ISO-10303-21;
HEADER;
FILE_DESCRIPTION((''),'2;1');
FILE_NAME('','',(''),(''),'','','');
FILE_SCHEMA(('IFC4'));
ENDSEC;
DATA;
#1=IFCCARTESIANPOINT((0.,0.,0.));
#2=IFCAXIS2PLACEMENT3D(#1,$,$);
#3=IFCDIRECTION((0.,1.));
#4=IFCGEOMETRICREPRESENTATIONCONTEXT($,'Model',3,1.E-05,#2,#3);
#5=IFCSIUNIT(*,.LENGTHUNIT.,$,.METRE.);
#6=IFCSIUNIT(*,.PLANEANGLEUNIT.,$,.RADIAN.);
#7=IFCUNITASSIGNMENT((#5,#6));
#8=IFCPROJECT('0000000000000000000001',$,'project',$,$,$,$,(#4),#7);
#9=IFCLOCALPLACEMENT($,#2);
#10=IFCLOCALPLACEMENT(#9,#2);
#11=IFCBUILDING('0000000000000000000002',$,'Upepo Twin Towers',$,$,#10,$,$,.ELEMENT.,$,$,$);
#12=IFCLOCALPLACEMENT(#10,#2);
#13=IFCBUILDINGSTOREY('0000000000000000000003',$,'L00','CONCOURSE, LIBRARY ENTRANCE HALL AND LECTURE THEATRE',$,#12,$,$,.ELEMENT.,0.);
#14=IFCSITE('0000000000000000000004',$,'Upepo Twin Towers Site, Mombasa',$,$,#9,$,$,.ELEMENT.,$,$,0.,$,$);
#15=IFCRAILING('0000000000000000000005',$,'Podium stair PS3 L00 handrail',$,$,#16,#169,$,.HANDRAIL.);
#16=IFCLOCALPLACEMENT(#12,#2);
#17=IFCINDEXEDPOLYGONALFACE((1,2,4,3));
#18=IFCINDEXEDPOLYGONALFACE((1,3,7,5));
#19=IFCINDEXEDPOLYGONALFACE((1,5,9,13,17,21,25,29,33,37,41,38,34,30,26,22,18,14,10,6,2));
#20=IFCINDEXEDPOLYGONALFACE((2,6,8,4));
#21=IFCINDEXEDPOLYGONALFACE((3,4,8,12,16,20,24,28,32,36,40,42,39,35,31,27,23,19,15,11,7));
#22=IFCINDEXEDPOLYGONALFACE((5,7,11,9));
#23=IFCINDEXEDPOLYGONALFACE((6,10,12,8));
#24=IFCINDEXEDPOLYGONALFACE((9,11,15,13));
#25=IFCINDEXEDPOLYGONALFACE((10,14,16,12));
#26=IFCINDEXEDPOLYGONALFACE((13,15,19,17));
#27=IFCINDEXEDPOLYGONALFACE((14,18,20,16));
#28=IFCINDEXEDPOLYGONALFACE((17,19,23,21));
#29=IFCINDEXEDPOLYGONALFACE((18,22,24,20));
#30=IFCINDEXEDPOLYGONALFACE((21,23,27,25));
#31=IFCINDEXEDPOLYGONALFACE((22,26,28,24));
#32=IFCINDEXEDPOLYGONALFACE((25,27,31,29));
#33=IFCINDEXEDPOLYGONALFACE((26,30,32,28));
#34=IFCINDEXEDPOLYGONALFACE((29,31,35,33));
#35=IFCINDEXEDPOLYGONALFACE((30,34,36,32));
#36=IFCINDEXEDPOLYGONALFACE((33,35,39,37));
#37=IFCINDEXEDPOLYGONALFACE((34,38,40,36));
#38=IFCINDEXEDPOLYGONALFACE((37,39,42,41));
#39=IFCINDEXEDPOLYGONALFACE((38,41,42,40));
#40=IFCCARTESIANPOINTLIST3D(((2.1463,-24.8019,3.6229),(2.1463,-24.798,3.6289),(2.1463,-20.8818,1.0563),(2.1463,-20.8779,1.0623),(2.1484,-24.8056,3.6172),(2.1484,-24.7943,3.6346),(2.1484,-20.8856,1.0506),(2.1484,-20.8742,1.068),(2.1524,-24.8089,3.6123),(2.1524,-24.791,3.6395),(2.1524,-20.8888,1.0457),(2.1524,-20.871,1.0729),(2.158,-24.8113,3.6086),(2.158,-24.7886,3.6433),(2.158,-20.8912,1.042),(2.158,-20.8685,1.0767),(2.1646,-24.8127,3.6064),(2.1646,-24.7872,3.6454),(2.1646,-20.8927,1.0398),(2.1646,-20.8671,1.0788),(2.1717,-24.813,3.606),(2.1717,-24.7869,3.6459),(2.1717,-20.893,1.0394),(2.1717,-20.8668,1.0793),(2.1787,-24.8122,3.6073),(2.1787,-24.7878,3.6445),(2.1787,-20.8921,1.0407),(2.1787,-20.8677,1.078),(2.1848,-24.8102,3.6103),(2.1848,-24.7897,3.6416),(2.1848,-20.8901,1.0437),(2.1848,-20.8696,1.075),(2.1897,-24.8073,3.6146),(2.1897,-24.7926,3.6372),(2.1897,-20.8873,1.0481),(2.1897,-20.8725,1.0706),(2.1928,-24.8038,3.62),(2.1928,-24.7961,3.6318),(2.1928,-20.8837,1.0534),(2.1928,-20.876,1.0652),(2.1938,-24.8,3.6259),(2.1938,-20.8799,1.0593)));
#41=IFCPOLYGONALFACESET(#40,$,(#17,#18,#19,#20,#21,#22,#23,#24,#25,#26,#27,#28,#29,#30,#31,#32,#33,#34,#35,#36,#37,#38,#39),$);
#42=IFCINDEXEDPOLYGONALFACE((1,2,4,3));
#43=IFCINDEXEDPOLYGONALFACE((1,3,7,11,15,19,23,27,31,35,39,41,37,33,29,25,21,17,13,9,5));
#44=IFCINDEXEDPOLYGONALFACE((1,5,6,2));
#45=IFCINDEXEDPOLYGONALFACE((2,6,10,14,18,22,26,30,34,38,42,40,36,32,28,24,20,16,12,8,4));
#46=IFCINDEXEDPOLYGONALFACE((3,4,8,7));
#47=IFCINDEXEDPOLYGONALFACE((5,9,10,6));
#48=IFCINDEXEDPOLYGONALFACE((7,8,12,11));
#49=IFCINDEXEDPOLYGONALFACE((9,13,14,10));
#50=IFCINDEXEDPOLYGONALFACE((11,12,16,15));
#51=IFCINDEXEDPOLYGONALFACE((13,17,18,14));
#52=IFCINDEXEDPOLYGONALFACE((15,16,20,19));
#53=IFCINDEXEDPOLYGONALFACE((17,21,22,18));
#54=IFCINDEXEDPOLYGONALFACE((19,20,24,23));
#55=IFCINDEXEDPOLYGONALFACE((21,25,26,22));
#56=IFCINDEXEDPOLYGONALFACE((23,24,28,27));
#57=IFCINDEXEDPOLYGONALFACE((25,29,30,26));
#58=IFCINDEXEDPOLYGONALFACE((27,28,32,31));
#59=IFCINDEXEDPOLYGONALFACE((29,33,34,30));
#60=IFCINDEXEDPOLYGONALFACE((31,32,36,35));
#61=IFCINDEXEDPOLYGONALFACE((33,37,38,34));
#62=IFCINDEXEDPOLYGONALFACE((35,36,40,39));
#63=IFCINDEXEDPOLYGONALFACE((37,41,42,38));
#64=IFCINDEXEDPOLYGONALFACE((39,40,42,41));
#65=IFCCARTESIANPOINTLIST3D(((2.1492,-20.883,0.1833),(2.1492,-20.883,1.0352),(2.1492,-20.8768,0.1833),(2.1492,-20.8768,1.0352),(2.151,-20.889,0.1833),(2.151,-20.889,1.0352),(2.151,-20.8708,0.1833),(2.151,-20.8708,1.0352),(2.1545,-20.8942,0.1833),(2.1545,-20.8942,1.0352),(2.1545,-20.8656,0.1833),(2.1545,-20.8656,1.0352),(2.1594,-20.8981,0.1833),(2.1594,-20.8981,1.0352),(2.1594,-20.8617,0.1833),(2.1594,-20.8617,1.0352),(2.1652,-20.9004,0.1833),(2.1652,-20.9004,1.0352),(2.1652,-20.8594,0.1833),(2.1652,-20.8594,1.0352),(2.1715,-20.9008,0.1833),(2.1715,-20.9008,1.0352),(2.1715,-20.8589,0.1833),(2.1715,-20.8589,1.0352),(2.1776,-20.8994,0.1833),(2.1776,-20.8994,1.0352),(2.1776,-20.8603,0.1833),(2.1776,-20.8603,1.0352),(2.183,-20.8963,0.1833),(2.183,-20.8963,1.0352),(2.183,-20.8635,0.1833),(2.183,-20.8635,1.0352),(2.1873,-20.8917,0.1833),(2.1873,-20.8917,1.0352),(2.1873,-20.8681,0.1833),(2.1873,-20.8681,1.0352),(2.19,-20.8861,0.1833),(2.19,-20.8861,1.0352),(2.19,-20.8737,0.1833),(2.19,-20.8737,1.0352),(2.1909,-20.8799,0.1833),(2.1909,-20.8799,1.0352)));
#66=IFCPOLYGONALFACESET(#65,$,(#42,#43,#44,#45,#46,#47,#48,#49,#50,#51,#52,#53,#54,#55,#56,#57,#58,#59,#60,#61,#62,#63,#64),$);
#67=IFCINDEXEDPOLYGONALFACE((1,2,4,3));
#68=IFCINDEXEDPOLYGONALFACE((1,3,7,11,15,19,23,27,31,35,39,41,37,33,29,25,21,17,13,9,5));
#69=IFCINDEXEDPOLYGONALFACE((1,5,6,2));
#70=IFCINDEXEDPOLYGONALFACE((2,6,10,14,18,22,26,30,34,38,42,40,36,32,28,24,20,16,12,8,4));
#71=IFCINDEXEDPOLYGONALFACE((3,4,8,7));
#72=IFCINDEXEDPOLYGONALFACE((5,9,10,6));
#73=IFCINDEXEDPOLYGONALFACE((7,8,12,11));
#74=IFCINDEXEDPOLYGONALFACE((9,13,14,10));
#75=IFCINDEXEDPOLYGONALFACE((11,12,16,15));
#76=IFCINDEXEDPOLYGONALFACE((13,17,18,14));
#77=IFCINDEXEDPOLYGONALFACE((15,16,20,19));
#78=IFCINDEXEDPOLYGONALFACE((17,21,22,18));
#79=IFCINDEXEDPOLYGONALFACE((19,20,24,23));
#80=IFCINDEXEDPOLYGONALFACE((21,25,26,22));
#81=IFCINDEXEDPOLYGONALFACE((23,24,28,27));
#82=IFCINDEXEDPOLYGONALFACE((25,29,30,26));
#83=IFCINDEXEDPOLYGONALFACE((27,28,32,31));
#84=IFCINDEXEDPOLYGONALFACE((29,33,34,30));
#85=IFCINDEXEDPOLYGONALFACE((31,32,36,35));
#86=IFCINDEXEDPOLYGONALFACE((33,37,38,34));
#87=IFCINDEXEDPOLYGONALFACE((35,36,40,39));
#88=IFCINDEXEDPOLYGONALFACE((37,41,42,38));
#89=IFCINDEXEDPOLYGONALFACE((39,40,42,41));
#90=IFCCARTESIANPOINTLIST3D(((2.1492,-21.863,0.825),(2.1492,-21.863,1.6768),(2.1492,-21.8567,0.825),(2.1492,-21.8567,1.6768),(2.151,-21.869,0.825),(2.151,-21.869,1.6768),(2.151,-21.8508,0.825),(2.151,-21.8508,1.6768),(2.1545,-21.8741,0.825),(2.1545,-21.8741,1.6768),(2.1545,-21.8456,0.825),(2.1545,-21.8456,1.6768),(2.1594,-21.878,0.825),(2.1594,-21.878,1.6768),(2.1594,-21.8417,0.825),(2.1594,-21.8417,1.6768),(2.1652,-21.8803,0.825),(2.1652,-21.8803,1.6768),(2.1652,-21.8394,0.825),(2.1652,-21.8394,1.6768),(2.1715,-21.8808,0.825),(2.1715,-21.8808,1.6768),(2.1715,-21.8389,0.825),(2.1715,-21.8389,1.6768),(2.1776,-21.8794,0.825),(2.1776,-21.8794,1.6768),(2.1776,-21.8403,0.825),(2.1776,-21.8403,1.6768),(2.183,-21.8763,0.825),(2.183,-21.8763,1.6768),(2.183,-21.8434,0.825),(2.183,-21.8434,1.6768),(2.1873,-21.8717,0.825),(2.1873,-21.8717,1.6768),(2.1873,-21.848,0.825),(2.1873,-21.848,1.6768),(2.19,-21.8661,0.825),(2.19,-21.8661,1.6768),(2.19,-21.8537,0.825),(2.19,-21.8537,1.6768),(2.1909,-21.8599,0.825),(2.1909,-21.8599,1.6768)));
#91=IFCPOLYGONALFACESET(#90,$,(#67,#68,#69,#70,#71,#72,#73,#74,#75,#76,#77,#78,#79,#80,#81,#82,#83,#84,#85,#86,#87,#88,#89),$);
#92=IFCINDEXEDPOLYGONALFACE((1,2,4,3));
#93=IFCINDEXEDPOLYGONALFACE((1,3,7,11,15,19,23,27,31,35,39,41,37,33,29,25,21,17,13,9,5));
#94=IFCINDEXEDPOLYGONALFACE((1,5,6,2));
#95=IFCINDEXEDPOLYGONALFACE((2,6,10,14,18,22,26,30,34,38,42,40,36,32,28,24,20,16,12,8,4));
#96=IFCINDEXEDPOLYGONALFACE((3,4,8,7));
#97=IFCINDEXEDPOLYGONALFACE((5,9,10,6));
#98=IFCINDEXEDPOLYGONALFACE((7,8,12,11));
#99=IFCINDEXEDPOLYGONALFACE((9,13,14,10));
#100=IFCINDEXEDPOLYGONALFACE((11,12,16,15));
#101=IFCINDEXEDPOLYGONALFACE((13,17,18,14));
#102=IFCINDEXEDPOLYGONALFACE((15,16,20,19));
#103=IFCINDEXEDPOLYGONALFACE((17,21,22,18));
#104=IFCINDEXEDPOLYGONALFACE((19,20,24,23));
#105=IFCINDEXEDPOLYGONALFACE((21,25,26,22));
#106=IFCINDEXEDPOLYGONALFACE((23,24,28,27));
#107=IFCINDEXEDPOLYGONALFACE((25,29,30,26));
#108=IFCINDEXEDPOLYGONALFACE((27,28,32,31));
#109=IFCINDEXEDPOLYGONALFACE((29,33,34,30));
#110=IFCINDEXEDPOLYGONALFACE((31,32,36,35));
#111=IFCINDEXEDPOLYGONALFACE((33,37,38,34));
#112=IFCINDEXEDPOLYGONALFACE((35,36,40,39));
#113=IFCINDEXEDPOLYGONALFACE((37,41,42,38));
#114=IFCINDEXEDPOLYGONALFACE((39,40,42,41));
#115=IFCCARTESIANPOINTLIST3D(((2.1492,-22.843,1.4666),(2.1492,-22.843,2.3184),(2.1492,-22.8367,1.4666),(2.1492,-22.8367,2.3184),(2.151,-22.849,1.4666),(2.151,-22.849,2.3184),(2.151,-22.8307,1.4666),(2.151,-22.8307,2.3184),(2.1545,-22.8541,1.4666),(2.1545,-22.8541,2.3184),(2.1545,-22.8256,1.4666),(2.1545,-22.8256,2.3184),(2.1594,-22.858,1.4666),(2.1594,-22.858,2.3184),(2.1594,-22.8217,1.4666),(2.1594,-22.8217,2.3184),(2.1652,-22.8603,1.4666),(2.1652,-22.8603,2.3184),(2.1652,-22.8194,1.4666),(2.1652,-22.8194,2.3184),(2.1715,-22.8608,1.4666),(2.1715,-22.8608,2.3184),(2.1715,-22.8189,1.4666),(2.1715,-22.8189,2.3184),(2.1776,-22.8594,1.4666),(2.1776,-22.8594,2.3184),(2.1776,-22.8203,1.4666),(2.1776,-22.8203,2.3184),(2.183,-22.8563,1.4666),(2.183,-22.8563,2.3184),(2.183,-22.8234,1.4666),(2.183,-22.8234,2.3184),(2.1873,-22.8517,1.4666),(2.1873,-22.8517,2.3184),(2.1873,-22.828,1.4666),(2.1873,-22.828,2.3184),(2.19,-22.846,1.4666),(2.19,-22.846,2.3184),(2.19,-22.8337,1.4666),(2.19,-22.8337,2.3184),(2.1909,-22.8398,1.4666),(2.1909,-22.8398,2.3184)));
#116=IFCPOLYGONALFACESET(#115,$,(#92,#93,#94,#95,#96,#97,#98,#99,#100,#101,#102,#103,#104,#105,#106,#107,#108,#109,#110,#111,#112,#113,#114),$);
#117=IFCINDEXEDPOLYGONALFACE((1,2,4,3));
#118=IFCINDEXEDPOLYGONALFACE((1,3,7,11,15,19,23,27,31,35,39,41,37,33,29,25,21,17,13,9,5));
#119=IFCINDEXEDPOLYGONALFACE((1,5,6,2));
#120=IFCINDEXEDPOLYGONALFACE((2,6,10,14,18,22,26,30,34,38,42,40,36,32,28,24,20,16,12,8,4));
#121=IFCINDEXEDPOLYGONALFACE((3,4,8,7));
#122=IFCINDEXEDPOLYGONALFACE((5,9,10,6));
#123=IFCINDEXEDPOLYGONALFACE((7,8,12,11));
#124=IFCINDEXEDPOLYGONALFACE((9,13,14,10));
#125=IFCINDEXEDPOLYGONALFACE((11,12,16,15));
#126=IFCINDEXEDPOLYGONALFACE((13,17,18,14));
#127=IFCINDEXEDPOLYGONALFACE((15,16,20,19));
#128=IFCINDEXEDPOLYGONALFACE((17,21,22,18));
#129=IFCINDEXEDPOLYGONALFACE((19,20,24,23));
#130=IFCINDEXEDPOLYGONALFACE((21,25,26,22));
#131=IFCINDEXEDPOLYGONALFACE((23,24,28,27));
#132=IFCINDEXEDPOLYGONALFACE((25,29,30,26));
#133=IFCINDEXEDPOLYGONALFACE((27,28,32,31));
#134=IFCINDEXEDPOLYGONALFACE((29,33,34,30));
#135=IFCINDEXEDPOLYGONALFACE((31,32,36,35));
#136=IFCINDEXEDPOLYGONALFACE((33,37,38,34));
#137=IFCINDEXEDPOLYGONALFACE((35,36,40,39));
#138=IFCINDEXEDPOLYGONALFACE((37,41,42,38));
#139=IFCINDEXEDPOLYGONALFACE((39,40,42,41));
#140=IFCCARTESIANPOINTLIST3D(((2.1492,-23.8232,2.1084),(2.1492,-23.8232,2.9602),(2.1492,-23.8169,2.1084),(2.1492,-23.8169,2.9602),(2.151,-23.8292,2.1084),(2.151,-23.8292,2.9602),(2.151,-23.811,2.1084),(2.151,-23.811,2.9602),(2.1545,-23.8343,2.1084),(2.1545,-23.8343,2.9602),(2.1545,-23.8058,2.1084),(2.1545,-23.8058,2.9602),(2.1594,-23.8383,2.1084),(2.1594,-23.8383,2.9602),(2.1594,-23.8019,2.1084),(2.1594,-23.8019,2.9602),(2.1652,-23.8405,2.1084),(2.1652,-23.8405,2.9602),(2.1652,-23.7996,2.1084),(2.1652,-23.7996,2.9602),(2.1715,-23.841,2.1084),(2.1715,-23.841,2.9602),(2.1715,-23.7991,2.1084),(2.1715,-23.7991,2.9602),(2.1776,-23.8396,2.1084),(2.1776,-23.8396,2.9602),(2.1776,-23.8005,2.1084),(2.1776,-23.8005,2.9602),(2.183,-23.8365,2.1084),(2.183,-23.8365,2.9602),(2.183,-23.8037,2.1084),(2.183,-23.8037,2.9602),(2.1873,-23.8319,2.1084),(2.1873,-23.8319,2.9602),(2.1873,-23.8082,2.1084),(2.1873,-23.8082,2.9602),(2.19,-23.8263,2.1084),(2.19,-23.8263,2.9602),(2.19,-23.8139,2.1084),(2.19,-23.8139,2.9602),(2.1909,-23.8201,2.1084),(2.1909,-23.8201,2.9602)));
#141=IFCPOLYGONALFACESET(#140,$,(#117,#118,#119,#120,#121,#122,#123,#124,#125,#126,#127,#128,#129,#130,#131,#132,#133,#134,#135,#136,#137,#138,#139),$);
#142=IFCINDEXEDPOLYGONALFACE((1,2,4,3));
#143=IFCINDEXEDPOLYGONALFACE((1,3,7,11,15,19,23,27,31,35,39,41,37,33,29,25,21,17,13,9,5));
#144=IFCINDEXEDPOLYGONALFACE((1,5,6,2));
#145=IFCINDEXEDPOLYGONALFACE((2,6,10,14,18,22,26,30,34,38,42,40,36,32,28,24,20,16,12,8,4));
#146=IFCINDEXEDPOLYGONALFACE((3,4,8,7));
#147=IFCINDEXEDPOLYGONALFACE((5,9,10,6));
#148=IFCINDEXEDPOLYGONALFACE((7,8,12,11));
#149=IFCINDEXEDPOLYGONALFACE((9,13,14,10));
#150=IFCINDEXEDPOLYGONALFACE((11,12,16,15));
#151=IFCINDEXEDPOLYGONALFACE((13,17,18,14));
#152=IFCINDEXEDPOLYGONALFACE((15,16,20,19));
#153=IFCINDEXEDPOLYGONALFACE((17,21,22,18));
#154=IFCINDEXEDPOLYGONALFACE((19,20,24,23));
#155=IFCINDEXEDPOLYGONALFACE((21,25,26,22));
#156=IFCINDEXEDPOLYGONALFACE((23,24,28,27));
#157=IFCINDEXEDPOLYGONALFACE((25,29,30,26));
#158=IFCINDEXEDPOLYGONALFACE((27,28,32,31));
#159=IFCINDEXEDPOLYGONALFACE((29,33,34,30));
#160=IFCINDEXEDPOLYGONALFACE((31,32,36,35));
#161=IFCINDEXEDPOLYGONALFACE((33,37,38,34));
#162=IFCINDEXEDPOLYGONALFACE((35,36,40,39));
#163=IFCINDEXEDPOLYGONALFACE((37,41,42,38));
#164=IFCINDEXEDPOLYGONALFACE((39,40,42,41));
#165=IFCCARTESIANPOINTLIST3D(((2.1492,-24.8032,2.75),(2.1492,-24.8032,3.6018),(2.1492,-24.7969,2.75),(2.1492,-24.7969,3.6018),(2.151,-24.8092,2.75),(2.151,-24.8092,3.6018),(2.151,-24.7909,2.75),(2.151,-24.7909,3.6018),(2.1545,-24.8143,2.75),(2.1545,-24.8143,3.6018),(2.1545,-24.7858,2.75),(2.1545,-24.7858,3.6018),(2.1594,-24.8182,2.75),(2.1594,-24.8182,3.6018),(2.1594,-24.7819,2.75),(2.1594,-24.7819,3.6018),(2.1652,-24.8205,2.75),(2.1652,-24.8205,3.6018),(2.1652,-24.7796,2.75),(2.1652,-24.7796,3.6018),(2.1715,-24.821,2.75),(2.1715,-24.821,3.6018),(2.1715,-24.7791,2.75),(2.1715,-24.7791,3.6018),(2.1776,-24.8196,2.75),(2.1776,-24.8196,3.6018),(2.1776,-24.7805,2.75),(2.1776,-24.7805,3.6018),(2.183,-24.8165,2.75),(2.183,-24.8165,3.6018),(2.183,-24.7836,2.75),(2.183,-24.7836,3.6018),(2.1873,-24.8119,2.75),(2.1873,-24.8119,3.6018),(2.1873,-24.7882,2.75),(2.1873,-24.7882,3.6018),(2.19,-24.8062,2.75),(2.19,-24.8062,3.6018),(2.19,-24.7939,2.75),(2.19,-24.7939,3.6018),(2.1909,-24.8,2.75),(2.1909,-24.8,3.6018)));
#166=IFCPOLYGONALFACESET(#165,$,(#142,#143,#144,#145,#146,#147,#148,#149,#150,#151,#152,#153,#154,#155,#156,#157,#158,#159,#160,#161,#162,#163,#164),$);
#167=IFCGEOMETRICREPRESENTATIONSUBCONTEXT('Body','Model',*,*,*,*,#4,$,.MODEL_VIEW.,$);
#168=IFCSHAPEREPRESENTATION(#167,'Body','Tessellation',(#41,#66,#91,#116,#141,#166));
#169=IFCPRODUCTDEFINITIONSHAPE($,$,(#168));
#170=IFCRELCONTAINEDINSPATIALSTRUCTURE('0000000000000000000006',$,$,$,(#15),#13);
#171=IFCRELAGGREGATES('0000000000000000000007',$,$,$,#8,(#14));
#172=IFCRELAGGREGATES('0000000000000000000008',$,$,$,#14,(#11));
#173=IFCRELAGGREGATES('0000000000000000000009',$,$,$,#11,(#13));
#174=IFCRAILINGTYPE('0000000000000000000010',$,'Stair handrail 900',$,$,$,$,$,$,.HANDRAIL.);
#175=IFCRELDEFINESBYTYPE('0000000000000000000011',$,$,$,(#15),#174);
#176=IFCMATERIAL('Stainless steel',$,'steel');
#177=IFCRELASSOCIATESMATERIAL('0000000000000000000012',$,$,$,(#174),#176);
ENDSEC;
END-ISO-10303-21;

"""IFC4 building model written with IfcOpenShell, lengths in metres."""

from ifc_helpers import new_model, si_unit, direction, frame, origin, origin_2d, place, context, subcontext, project, spatial, circle, extrude, material, type_object, element, save


model = new_model("IFC4")

# Units and contexts
model_context = context("Model", 3, precision=1e-05, world=origin(), true_north=direction((0.0, 1.0)))
body_context = subcontext(model_context, "Body", "Model", "MODEL_VIEW")
ifc_project = project(units=[si_unit("LENGTHUNIT", "METRE"), si_unit("PLANEANGLEUNIT", "RADIAN")], contexts=[model_context])

# Site, building, storey
site_placement = place(None, origin())
site = spatial("IfcSite", under=ifc_project, at=site_placement, Name="Upepo Twin Towers Site, Mombasa", CompositionType="ELEMENT", RefElevation=0.0)
building_placement = place(site_placement, origin())
building = spatial("IfcBuilding", under=site, at=building_placement, Name="Upepo Twin Towers", CompositionType="ELEMENT")
storey_placement = place(building_placement, origin())
storey = spatial("IfcBuildingStorey", under=building, at=storey_placement, Name="L00", Description="CONCOURSE, LIBRARY ENTRANCE HALL AND LECTURE THEATRE", CompositionType="ELEMENT", Elevation=0.0)

# Railing
ifc_material_1 = material(Name="Stainless steel", Category="steel")
railing_type = type_object("IfcRailingType", Name="Stair handrail 900", PredefinedType="HANDRAIL", material=ifc_material_1)
railing_placement = place(storey_placement, frame((2.1699, -20.8799, 0.1833)))
element("IfcRailing", 1, at=railing_placement, inside=storey, type_object=railing_type, Name="Podium stair PS3 L00 handrail", PredefinedType="HANDRAIL", context=body_context, shape_type="SweptSolid", body=[
    extrude(circle(Radius=0.0239, at=origin_2d()), frame((0.0, 0.0, 0.876), z_axis=(0.0, -0.836631, 0.547767), x_axis=(1.0, 0.0, 0.0)), (0.0, 0.0, 1.0), 4.6855),
    extrude(circle(Radius=0.021, at=origin_2d()), origin(), (0.0, 0.0, 1.0), 0.8518),
    extrude(circle(Radius=0.021, at=origin_2d()), frame((0.0, -0.98, 0.6416)), (0.0, 0.0, 1.0), 0.8518),
    extrude(circle(Radius=0.021, at=origin_2d()), frame((0.0, -1.96, 1.2832)), (0.0, 0.0, 1.0), 0.8518),
    extrude(circle(Radius=0.021, at=origin_2d()), frame((0.0, -2.9402, 1.925)), (0.0, 0.0, 1.0), 0.8518),
    extrude(circle(Radius=0.021, at=origin_2d()), frame((0.0, -3.9202, 2.5667)), (0.0, 0.0, 1.0), 0.8518),
])

save(model, "model.ifc")
